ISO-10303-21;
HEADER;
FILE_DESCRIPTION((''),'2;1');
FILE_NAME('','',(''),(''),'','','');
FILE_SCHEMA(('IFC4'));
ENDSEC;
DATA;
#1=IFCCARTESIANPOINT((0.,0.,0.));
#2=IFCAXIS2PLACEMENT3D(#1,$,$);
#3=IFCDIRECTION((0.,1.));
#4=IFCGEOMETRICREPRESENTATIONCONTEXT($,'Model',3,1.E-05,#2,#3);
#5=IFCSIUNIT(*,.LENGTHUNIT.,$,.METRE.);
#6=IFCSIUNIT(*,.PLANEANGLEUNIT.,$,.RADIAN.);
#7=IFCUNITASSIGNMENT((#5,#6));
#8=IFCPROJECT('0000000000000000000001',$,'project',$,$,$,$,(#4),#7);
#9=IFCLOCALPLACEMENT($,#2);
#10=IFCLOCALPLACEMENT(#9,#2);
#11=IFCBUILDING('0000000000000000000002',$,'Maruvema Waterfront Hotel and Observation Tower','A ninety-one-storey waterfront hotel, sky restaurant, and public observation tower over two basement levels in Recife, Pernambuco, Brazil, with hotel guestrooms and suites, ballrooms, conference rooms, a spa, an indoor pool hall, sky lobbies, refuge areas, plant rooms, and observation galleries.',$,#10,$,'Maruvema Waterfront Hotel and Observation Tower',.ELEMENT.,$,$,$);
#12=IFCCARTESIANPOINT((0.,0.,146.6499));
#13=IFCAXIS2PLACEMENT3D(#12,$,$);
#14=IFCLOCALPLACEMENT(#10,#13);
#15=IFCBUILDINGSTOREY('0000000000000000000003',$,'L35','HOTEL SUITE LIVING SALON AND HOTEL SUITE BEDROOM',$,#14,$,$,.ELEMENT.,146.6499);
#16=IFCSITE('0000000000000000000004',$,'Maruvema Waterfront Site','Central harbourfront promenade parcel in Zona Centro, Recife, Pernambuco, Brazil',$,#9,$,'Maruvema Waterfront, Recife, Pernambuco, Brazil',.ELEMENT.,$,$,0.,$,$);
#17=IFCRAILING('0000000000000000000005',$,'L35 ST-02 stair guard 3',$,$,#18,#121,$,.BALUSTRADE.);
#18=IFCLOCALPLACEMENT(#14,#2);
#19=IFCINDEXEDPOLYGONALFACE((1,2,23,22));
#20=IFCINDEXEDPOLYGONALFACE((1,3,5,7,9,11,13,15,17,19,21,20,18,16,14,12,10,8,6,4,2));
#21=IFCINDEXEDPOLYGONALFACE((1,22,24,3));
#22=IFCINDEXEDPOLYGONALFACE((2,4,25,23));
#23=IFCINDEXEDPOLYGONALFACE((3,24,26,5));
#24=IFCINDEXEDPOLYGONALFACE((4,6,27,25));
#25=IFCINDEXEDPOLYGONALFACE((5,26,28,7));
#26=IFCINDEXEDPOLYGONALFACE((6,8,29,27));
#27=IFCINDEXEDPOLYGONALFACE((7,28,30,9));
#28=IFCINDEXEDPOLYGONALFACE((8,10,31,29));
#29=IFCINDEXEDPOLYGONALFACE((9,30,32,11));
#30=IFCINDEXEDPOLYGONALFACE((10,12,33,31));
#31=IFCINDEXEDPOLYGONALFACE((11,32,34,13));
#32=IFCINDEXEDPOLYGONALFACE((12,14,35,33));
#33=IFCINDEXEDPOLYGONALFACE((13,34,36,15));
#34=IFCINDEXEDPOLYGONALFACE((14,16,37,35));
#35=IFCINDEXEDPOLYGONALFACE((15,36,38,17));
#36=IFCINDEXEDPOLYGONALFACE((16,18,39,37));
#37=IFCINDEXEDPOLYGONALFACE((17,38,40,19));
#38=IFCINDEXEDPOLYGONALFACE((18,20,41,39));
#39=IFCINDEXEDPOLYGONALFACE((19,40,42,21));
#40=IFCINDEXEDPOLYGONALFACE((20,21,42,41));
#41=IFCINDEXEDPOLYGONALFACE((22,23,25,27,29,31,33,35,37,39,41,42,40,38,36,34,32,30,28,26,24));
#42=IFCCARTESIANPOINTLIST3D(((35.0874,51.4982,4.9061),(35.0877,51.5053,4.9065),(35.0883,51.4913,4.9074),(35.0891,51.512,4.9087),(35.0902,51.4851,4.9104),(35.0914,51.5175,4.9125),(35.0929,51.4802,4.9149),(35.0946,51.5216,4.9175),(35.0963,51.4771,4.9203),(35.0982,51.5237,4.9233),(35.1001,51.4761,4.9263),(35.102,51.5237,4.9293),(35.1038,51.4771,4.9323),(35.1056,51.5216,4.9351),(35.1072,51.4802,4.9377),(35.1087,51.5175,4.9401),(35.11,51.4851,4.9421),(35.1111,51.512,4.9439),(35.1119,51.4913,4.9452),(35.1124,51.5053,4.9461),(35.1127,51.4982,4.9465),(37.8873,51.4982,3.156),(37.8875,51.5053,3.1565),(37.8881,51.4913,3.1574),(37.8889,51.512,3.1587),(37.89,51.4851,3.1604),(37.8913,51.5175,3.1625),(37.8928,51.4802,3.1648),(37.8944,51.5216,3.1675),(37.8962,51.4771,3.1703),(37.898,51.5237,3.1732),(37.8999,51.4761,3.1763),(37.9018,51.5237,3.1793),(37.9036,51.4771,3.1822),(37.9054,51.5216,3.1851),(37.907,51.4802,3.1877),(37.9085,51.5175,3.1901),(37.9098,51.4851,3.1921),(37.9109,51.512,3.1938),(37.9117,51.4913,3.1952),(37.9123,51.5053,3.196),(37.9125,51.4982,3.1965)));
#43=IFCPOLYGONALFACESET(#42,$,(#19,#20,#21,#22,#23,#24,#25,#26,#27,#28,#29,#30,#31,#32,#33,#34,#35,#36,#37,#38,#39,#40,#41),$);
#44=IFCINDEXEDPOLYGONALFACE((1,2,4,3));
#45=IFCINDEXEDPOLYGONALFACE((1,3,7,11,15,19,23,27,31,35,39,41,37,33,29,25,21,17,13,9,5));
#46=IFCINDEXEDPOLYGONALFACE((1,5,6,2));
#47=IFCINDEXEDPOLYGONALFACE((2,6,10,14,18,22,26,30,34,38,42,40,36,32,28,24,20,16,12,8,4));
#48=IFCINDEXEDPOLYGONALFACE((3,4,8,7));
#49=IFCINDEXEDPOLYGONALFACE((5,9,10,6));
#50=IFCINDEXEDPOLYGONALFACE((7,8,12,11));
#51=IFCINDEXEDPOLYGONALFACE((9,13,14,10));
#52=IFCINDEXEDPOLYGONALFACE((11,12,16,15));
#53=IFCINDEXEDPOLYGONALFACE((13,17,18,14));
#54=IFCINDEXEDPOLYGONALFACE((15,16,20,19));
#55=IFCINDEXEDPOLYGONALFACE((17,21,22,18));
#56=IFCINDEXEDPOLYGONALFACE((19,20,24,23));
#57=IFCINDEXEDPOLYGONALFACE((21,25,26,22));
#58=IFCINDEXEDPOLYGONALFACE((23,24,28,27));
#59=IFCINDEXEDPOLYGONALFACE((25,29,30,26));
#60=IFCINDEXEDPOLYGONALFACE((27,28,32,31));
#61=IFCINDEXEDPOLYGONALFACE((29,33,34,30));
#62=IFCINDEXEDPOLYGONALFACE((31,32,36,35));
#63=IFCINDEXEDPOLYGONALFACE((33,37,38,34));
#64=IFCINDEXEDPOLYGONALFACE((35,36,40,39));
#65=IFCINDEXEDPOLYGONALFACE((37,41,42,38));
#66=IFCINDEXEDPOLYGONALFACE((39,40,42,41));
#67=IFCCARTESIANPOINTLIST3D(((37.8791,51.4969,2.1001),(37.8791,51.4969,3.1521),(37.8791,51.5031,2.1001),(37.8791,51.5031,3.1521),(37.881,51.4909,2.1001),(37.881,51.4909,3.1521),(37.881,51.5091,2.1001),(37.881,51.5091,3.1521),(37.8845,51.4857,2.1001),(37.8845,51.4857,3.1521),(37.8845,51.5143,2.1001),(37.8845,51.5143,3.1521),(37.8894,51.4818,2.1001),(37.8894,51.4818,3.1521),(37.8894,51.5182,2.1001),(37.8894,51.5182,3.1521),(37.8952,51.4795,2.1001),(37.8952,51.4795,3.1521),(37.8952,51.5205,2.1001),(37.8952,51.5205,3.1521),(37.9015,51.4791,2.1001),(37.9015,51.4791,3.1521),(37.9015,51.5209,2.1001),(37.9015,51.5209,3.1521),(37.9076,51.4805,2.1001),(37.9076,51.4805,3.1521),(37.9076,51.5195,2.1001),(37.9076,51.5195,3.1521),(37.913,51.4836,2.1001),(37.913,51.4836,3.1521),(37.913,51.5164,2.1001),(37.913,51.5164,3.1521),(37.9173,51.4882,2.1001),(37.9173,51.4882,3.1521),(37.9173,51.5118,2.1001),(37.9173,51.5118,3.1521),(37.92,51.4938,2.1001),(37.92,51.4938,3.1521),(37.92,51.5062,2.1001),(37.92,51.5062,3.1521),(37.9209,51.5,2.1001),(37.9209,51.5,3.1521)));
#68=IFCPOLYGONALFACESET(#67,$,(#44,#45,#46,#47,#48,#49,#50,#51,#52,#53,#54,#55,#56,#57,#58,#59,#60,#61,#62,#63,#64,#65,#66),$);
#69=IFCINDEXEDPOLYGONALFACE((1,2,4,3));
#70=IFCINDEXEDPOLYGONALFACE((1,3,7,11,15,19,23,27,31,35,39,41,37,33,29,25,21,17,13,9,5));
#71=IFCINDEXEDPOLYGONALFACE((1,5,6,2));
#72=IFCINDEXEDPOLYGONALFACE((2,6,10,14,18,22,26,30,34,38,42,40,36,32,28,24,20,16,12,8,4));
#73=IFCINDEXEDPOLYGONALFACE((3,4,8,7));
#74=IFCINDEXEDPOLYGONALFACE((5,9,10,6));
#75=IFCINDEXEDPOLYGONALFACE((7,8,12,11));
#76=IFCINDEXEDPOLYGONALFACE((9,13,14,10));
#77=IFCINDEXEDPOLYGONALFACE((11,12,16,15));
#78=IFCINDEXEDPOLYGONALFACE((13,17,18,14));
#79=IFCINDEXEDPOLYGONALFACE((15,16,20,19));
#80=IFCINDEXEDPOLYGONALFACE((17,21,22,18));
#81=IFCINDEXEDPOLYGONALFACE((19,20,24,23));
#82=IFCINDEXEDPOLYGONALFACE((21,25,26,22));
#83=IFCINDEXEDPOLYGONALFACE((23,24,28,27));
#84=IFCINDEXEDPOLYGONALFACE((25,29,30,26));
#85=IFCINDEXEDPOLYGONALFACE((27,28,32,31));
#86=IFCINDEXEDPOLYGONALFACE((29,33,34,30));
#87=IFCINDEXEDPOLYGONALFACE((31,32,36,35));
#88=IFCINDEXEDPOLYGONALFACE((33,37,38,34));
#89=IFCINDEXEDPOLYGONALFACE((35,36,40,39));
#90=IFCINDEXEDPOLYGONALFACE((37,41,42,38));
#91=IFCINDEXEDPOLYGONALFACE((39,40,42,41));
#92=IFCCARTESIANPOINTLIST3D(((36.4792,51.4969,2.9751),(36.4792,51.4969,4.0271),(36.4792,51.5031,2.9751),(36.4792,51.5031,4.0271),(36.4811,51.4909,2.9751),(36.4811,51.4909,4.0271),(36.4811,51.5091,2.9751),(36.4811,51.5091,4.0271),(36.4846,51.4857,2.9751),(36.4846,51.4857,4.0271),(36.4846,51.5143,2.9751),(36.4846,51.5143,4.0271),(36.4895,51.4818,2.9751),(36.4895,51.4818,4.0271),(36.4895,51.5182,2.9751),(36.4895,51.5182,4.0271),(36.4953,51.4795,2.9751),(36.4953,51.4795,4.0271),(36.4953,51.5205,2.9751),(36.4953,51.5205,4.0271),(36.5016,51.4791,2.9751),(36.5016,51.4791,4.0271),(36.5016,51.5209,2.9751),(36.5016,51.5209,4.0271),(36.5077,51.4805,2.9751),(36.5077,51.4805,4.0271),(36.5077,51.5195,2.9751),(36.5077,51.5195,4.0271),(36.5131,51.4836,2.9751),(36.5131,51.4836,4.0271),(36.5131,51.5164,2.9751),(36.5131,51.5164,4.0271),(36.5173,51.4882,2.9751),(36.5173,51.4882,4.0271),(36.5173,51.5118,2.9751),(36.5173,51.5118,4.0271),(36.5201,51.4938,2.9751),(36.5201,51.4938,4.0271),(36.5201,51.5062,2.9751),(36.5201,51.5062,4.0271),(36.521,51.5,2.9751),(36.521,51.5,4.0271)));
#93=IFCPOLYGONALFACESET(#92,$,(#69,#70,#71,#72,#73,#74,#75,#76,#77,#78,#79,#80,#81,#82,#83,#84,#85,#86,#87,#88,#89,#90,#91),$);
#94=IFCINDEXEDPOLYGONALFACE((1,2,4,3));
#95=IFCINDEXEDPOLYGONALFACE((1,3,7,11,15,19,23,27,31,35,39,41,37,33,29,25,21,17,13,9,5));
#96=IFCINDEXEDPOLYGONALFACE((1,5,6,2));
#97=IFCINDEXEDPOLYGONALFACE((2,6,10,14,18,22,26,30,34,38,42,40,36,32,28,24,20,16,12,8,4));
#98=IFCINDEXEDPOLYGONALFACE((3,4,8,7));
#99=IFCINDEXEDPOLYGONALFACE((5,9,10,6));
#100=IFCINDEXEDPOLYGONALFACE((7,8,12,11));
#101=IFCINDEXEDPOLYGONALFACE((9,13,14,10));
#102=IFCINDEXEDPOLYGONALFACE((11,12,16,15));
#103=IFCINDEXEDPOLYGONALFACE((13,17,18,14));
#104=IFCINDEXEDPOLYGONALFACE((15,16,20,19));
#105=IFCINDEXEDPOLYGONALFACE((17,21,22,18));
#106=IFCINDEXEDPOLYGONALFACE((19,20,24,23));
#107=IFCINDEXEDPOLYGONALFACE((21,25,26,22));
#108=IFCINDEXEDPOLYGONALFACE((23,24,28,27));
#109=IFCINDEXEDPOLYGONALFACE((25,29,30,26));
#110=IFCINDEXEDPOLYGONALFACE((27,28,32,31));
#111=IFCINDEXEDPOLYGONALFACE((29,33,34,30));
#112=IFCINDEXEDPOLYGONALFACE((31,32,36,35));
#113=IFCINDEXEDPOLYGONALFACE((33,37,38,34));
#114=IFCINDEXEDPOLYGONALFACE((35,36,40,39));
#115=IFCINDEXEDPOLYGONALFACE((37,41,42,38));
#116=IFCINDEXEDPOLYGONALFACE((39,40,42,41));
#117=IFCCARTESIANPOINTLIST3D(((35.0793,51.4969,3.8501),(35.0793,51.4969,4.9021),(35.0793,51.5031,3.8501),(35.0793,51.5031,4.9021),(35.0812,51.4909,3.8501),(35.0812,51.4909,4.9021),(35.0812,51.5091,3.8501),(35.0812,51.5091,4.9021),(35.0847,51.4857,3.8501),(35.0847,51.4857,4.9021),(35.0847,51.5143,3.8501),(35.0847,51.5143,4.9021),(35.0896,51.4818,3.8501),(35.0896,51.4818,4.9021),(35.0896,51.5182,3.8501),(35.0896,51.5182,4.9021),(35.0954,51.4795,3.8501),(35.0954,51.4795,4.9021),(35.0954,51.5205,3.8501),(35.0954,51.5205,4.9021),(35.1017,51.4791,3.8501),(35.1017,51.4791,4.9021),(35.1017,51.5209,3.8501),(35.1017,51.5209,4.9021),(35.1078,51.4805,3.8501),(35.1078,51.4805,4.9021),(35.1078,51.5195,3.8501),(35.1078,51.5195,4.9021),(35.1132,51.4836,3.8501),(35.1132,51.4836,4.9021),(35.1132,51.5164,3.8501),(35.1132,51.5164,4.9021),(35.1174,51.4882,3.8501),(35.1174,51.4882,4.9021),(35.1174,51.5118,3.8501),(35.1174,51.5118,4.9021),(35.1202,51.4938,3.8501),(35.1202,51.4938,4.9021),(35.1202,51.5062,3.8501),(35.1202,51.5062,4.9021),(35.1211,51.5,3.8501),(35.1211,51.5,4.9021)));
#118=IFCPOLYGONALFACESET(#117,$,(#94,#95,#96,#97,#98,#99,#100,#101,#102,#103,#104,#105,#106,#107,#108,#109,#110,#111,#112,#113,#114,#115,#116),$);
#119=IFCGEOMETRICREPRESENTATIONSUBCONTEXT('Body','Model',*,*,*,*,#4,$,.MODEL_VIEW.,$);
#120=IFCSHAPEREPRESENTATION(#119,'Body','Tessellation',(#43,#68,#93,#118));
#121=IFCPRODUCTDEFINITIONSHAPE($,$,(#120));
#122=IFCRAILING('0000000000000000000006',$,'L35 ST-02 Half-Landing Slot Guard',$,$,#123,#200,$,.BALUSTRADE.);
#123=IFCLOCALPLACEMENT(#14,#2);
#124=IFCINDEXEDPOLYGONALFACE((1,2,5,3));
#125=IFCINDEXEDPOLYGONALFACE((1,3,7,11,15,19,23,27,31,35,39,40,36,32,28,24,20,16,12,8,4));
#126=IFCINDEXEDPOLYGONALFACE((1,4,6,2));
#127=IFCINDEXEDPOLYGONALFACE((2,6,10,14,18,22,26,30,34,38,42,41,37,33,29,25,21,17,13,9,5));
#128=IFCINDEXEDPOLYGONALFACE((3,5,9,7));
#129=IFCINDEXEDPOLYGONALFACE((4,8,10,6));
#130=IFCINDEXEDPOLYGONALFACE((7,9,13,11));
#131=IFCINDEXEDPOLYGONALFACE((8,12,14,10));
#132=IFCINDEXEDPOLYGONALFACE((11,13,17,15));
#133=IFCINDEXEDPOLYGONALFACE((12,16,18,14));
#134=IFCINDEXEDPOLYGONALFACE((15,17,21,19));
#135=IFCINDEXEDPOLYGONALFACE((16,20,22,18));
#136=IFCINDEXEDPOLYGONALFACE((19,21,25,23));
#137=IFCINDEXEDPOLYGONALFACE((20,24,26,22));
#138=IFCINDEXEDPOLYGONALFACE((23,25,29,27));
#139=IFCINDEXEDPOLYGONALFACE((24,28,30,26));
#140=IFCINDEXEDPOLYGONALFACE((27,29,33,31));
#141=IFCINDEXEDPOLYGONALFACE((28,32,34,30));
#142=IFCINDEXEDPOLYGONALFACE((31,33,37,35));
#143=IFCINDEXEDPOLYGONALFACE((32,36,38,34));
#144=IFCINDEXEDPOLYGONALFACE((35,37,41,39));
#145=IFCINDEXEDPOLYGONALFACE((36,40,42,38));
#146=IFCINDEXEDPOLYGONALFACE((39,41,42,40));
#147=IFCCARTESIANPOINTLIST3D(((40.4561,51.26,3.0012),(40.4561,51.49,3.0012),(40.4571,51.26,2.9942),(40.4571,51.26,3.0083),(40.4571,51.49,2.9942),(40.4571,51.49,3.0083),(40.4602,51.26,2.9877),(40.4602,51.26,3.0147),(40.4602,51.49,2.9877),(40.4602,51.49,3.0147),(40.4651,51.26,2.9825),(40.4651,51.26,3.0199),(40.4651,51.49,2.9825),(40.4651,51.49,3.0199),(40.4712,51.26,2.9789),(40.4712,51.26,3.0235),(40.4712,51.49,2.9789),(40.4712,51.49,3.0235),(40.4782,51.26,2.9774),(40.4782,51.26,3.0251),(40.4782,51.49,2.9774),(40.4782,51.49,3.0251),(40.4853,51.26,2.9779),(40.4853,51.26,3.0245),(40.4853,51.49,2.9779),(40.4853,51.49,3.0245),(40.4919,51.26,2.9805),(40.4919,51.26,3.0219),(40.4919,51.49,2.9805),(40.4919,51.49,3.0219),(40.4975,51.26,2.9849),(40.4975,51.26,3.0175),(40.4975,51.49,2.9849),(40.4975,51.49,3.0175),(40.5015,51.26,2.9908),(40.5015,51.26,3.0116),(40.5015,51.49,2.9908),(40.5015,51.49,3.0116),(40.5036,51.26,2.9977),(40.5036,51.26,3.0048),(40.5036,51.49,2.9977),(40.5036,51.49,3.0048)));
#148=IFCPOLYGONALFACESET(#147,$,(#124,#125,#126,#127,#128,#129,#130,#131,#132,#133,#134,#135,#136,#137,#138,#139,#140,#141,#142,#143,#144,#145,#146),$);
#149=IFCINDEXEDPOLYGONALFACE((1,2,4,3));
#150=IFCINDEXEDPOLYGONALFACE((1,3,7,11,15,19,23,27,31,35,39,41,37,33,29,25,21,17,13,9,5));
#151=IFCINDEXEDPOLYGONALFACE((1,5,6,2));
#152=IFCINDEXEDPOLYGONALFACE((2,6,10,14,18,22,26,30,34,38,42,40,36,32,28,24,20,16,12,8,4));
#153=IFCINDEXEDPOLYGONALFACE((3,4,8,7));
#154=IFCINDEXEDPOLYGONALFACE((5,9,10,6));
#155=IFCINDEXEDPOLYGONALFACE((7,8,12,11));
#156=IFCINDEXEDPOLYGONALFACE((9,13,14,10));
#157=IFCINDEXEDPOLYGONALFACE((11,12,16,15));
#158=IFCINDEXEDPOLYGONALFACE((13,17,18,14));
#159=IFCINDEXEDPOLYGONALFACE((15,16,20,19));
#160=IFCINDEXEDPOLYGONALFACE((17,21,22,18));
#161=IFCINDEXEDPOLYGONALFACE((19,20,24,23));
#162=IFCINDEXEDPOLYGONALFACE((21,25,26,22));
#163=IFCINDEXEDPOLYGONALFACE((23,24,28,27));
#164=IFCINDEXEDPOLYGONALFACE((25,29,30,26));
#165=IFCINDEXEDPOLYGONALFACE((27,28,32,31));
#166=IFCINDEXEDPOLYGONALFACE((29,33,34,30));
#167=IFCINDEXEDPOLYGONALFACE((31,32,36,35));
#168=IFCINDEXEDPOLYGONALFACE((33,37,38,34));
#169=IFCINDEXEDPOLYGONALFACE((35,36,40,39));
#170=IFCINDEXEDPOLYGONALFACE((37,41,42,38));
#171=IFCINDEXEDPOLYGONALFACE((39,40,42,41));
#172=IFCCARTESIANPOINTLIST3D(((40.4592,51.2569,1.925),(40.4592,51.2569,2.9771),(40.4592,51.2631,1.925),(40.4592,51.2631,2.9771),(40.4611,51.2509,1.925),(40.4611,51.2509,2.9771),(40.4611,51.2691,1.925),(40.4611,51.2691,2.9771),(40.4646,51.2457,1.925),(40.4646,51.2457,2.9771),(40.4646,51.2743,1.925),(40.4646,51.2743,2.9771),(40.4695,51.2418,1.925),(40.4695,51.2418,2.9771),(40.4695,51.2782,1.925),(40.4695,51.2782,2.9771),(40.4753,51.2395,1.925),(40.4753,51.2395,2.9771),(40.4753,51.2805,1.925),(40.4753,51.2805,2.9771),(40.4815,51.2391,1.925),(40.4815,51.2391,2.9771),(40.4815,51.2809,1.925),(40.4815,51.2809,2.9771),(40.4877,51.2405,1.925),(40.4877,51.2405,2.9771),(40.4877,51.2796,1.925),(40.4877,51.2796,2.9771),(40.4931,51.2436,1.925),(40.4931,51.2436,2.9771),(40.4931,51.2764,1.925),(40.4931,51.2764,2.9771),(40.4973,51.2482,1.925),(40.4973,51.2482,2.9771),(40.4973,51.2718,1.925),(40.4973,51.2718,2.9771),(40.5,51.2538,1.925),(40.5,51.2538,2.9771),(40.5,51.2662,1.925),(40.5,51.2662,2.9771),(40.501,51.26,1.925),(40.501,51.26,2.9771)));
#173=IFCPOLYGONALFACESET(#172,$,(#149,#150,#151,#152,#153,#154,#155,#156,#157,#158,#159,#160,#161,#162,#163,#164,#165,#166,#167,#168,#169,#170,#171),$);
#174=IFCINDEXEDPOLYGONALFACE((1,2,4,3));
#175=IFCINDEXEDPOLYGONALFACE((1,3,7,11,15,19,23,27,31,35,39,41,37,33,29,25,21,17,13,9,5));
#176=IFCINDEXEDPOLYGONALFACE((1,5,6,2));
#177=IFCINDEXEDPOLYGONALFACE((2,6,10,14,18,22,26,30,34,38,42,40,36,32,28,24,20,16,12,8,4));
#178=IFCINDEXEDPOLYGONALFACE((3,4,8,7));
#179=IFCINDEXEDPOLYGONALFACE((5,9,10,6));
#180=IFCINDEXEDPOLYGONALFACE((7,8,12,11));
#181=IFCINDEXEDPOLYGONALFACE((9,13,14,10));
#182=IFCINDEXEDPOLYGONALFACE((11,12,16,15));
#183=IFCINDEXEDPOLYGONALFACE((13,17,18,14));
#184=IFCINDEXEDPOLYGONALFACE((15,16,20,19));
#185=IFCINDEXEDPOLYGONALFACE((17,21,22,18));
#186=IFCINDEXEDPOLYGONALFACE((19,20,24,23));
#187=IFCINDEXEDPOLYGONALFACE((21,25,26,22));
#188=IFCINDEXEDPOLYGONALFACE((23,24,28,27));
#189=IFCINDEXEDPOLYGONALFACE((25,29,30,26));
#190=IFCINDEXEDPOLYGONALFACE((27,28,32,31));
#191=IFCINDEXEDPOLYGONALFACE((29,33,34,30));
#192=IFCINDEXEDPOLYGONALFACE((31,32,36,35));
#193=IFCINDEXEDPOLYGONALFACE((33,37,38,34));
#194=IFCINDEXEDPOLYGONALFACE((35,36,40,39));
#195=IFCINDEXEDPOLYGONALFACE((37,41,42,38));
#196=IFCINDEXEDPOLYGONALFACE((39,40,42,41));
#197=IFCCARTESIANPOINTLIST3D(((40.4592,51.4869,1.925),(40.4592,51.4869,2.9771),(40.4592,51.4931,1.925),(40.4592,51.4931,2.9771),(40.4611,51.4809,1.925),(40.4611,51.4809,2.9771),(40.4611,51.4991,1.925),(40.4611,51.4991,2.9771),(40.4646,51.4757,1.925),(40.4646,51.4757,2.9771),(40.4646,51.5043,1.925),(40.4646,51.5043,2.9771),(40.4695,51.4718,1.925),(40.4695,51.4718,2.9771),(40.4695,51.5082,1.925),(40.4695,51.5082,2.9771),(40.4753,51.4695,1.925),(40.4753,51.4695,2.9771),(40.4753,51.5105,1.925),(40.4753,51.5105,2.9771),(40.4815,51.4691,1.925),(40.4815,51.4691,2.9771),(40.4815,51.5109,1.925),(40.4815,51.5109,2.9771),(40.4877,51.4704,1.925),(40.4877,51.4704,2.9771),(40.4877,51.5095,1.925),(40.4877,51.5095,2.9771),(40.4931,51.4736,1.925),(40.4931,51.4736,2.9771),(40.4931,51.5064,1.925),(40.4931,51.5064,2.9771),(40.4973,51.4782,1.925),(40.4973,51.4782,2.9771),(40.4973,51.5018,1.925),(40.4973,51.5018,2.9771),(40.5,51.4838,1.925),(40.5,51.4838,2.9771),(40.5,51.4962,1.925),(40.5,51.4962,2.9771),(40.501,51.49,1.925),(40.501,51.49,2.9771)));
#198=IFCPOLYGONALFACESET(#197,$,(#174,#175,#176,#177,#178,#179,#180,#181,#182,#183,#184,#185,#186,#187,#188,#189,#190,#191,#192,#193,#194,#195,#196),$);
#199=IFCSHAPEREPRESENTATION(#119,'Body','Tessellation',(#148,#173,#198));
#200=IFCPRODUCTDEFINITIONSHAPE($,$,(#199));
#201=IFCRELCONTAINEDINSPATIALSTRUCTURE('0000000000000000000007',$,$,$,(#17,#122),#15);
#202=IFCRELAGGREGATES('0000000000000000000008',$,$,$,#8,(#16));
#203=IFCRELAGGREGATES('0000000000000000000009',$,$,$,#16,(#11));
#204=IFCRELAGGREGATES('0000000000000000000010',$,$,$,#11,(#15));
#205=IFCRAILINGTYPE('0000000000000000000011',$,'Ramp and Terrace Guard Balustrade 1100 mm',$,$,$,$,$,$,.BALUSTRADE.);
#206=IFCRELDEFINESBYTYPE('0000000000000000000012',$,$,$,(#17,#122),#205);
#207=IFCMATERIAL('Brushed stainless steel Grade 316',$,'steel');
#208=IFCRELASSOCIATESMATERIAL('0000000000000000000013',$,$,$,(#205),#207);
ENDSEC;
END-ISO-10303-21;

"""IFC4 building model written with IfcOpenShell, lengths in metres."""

from ifc_helpers import new_model, si_unit, direction, frame, origin, origin_2d, place, context, subcontext, project, spatial, circle, extrude, material, type_object, element, save


model = new_model("IFC4")

# Units and contexts
model_context = context("Model", 3, precision=1e-05, world=origin(), true_north=direction((0.0, 1.0)))
body_context = subcontext(model_context, "Body", "Model", "MODEL_VIEW")
ifc_project = project(units=[si_unit("LENGTHUNIT", "METRE"), si_unit("PLANEANGLEUNIT", "RADIAN")], contexts=[model_context])

# Site, building, storey
site_placement = place(None, origin())
site = spatial("IfcSite", under=ifc_project, at=site_placement, Name="Maruvema Waterfront Site", Description="Central harbourfront promenade parcel in Zona Centro, Recife, Pernambuco, Brazil", LongName="Maruvema Waterfront, Recife, Pernambuco, Brazil", CompositionType="ELEMENT", RefElevation=0.0)
building_placement = place(site_placement, origin())
building = spatial("IfcBuilding", under=site, at=building_placement, Name="Maruvema Waterfront Hotel and Observation Tower", Description="A ninety-one-storey waterfront hotel, sky restaurant, and public observation tower over two basement levels in Recife, Pernambuco, Brazil, with hotel guestrooms and suites, ballrooms, conference rooms, a spa, an indoor pool hall, sky lobbies, refuge areas, plant rooms, and observation galleries.", LongName="Maruvema Waterfront Hotel and Observation Tower", CompositionType="ELEMENT")
storey_placement = place(building_placement, frame((0.0, 0.0, 146.6499)))
storey = spatial("IfcBuildingStorey", under=building, at=storey_placement, Name="L35", Description="HOTEL SUITE LIVING SALON AND HOTEL SUITE BEDROOM", CompositionType="ELEMENT", Elevation=146.6499)

# Railings
ifc_material_1 = material(Name="Brushed stainless steel Grade 316", Category="steel")
railing_type_1 = type_object("IfcRailingType", Name="Ramp and Terrace Guard Balustrade 1100 mm", PredefinedType="BALUSTRADE", material=ifc_material_1)
railing_1_placement = place(storey_placement, frame((37.8999, 51.5, 2.1001)))
element("IfcRailing", 1, at=railing_1_placement, inside=storey, type_object=railing_type_1, Name="L35 ST-02 stair guard 3", PredefinedType="BALUSTRADE", context=body_context, shape_type="SweptSolid", body=[
    extrude(circle(Radius=0.0239, at=origin_2d()), frame((0.0, 0.0, 1.0762), z_axis=(-0.847982, 0.0, 0.530026), x_axis=(0.0, -1.0, 0.0)), (0.0, 0.0, 1.0), 3.3018),
    extrude(circle(Radius=0.021, at=origin_2d()), origin(), (0.0, 0.0, 1.0), 1.052),
    extrude(circle(Radius=0.021, at=origin_2d()), frame((-1.3999, 0.0, 0.875)), (0.0, 0.0, 1.0), 1.052),
    extrude(circle(Radius=0.021, at=origin_2d()), frame((-2.7998, 0.0, 1.75)), (0.0, 0.0, 1.0), 1.052),
])
railing_2_placement = place(storey_placement, frame((40.48, 51.26, 1.925)))
element("IfcRailing", 2, at=railing_2_placement, inside=storey, type_object=railing_type_1, Name="L35 ST-02 Half-Landing Slot Guard", PredefinedType="BALUSTRADE", context=body_context, shape_type="SweptSolid", body=[
    extrude(circle(Radius=0.0239, at=origin_2d()), frame((0.0, 0.0, 1.0762), z_axis=(0.0, 1.0, 0.0), x_axis=(-1.0, 0.0, 0.0)), (0.0, 0.0, 1.0), 0.23),
    extrude(circle(Radius=0.021, at=origin_2d()), origin(), (0.0, 0.0, 1.0), 1.052),
    extrude(circle(Radius=0.021, at=origin_2d()), frame((0.0, 0.23, 0.0)), (0.0, 0.0, 1.0), 1.052),
])

save(model, "model.ifc")
